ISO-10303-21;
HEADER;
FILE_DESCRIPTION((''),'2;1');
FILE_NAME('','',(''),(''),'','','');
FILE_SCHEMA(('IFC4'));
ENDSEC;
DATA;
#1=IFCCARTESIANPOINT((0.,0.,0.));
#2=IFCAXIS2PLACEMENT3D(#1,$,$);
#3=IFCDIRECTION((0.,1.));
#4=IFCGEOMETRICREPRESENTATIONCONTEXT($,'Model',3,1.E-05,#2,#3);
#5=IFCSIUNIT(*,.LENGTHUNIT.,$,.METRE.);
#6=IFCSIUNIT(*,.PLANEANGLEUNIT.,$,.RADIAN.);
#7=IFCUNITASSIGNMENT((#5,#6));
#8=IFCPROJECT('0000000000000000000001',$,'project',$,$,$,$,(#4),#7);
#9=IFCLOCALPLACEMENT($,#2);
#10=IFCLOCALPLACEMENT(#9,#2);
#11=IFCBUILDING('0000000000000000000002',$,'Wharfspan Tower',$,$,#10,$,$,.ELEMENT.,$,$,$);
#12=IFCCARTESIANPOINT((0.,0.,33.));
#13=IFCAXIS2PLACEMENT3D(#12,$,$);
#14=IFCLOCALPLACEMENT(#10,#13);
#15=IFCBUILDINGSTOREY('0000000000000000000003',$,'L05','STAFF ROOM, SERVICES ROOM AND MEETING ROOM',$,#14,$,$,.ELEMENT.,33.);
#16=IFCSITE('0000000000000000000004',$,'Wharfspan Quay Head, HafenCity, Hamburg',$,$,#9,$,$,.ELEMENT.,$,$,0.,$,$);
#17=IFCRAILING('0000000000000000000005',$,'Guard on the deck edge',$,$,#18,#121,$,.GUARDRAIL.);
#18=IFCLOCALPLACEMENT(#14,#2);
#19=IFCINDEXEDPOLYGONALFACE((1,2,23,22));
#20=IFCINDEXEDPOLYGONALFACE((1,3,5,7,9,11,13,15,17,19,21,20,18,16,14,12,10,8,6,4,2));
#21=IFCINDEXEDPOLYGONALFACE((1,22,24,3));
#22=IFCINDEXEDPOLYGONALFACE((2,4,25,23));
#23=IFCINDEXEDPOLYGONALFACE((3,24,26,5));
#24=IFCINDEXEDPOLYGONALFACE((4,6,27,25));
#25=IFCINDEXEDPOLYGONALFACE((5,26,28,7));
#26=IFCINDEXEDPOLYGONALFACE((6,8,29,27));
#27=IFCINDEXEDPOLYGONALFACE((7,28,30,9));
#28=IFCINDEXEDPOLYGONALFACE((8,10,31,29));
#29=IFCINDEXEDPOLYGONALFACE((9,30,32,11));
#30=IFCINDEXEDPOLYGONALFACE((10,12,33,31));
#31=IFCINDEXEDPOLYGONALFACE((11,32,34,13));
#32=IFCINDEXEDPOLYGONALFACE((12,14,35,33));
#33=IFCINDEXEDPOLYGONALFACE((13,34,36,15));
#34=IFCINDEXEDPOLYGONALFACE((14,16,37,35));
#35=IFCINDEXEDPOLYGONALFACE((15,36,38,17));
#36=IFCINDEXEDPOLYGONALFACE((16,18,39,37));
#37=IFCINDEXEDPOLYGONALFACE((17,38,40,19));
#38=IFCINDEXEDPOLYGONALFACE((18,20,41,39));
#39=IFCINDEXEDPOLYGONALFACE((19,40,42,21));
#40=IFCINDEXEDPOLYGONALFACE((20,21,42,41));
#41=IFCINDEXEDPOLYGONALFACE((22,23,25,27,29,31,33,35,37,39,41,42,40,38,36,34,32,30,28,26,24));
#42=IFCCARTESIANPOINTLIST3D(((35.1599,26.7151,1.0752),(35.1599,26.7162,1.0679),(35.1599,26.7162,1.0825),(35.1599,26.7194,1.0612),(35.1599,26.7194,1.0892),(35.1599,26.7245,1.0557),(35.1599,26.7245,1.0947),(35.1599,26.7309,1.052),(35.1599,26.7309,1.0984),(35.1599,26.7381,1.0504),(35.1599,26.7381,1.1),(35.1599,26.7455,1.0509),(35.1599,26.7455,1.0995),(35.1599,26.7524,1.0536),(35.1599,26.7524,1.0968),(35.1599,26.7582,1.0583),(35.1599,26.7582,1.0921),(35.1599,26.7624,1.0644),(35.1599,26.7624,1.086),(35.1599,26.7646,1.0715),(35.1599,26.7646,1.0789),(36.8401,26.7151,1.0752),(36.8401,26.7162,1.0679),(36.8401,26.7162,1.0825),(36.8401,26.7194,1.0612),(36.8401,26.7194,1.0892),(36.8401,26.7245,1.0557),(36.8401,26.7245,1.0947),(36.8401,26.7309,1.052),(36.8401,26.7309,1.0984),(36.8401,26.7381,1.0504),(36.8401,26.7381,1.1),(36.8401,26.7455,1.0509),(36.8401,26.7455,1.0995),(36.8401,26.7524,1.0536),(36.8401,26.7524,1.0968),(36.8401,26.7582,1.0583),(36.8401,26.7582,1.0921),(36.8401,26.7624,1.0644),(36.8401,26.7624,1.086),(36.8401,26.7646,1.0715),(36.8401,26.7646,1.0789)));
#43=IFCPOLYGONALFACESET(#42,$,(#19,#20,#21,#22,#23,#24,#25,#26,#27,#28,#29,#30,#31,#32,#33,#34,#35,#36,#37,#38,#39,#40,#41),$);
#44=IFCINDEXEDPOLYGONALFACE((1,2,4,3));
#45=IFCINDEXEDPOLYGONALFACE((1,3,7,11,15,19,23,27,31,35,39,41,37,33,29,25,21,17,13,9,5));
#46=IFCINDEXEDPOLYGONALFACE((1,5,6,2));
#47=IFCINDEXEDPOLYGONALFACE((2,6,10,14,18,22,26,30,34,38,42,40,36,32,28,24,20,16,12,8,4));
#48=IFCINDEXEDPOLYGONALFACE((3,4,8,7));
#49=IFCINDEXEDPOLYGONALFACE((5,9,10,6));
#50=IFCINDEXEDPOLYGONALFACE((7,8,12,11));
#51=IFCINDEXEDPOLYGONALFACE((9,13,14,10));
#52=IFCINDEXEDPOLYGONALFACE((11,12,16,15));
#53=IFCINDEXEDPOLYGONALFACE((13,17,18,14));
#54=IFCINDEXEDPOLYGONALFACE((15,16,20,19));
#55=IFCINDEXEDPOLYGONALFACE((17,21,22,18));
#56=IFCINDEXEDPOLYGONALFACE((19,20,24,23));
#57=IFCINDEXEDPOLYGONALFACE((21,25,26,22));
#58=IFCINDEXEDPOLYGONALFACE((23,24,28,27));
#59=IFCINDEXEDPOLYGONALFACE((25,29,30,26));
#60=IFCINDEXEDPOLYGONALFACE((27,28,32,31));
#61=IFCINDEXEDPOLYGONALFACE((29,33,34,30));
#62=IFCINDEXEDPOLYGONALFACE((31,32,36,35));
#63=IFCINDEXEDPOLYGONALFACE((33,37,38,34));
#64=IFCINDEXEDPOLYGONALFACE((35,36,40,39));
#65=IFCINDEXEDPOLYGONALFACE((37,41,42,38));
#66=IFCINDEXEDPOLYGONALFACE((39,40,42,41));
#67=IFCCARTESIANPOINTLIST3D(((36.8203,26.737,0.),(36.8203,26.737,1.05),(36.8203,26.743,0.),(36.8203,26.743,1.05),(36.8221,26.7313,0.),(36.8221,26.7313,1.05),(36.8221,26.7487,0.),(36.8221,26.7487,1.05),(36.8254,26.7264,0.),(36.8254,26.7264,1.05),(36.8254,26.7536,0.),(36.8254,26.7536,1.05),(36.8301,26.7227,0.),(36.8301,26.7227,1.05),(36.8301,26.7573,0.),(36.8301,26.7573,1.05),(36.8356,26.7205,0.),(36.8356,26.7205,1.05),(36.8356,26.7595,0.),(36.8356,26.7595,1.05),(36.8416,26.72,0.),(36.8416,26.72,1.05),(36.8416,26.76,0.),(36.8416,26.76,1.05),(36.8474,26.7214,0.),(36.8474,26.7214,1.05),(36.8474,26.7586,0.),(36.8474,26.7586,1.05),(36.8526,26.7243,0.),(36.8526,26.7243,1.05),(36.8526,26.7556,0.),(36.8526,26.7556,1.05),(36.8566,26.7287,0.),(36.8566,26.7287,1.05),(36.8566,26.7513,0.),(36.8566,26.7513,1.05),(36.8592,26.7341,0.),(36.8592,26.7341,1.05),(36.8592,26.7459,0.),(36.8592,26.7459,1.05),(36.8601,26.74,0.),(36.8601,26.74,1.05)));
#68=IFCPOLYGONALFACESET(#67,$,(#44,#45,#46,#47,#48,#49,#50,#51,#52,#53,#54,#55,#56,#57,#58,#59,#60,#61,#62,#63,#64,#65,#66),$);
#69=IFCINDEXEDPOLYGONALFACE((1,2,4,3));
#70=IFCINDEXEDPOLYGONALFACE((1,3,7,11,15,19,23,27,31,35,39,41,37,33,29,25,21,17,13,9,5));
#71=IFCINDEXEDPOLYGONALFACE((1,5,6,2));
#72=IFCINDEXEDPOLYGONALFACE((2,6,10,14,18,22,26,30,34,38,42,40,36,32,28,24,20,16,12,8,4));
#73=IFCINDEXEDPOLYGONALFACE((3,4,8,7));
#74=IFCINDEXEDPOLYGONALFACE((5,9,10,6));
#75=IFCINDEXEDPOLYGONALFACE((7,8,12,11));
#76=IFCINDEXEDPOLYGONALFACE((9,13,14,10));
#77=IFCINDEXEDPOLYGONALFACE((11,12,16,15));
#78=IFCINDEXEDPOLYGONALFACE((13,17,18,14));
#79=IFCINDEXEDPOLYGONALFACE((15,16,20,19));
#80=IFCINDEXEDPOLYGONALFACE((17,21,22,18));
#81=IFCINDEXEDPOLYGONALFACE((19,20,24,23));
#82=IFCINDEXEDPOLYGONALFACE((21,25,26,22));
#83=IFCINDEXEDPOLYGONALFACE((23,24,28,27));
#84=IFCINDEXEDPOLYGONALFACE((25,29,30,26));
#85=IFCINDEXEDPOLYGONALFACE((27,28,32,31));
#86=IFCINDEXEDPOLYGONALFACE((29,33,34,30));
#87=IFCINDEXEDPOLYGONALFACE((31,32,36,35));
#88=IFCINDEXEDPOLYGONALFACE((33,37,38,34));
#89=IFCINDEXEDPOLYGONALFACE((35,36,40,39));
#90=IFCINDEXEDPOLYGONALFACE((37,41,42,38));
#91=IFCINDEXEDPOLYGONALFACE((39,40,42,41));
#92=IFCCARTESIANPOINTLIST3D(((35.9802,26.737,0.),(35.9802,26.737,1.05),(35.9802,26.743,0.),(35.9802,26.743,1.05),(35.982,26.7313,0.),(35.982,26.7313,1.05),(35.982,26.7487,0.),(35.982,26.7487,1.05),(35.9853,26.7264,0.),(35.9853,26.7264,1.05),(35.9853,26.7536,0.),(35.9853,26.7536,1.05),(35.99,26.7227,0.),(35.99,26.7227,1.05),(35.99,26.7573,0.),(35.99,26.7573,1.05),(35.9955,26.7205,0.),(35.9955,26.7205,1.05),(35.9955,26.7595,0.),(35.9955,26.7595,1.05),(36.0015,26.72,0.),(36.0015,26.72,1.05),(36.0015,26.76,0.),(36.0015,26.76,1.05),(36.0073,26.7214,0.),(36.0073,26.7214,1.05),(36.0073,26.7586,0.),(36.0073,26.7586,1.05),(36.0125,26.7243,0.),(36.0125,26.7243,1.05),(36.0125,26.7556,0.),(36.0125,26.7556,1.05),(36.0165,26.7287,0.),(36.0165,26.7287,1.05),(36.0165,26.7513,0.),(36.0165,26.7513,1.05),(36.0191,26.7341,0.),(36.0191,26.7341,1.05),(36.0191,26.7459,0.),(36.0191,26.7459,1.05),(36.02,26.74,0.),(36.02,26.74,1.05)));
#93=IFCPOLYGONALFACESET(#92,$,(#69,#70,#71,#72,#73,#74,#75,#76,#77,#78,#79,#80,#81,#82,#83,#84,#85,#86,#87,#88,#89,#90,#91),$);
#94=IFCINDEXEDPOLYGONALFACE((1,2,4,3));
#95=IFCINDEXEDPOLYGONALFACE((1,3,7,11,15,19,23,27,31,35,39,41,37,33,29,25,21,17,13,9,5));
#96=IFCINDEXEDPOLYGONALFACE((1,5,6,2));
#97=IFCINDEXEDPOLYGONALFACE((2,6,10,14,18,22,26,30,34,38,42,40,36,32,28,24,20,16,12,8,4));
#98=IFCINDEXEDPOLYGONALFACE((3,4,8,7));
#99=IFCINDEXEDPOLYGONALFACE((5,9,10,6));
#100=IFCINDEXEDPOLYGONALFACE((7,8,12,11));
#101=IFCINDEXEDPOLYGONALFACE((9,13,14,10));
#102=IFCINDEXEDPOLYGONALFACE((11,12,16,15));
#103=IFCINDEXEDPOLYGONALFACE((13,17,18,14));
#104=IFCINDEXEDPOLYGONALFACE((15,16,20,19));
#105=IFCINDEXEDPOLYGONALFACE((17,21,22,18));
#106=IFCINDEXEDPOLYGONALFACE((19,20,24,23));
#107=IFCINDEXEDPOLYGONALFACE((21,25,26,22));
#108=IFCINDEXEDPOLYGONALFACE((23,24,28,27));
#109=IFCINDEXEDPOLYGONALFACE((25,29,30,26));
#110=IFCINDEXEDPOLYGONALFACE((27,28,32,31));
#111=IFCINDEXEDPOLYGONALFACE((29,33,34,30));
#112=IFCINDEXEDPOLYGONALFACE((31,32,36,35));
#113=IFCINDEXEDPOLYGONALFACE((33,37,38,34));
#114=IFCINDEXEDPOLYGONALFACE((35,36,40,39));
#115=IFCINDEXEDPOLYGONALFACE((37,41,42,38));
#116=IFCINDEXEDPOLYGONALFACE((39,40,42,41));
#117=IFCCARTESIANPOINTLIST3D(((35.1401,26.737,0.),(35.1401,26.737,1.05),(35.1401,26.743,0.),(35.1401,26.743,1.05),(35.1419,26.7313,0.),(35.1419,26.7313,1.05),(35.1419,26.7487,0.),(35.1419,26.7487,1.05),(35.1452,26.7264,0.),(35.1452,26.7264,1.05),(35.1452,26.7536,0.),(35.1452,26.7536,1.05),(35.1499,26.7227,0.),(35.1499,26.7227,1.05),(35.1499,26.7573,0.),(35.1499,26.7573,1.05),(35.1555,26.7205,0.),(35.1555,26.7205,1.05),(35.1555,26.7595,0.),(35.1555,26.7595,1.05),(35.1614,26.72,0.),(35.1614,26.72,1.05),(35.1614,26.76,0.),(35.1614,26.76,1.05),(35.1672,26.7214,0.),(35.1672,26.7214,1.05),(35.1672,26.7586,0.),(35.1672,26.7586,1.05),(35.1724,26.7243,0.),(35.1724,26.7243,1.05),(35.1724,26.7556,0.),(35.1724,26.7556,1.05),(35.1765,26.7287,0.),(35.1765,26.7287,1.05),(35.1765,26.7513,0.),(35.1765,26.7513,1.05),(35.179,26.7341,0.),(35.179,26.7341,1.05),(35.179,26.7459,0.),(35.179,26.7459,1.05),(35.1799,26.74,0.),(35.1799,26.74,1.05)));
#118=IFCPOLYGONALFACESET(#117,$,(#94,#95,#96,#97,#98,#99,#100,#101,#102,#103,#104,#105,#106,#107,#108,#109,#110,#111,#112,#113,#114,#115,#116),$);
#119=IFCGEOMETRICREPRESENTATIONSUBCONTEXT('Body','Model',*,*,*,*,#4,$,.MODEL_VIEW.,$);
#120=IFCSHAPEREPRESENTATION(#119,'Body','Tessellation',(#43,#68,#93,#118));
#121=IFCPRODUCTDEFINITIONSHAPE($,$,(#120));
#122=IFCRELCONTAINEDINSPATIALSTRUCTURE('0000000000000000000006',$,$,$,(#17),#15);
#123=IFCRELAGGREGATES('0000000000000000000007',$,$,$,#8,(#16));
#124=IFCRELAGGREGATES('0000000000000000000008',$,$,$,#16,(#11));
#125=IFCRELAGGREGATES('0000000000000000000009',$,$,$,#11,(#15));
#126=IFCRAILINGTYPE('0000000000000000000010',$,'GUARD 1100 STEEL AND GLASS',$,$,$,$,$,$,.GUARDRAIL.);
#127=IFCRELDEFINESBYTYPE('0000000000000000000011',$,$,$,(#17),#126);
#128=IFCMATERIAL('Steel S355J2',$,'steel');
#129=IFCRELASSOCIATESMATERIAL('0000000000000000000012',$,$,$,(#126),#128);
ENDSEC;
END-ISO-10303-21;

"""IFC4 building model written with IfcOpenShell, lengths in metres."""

from ifc_helpers import new_model, si_unit, direction, frame, origin, origin_2d, place, context, subcontext, project, spatial, circle, extrude, material, type_object, element, save


model = new_model("IFC4")

# Units and contexts
model_context = context("Model", 3, precision=1e-05, world=origin(), true_north=direction((0.0, 1.0)))
body_context = subcontext(model_context, "Body", "Model", "MODEL_VIEW")
ifc_project = project(units=[si_unit("LENGTHUNIT", "METRE"), si_unit("PLANEANGLEUNIT", "RADIAN")], contexts=[model_context])

# Site, building, storey
site_placement = place(None, origin())
site = spatial("IfcSite", under=ifc_project, at=site_placement, Name="Wharfspan Quay Head, HafenCity, Hamburg", CompositionType="ELEMENT", RefElevation=0.0)
building_placement = place(site_placement, origin())
building = spatial("IfcBuilding", under=site, at=building_placement, Name="Wharfspan Tower", CompositionType="ELEMENT")
storey_placement = place(building_placement, frame((0.0, 0.0, 33.0)))
storey = spatial("IfcBuildingStorey", under=building, at=storey_placement, Name="L05", Description="STAFF ROOM, SERVICES ROOM AND MEETING ROOM", CompositionType="ELEMENT", Elevation=33.0)

# Railing
ifc_material_1 = material(Name="Steel S355J2", Category="steel")
railing_type = type_object("IfcRailingType", Name="GUARD 1100 STEEL AND GLASS", PredefinedType="GUARDRAIL", material=ifc_material_1)
railing_1_placement = place(storey_placement, frame((36.8401, 26.74, 0.0)))
element("IfcRailing", 1, at=railing_1_placement, inside=storey, type_object=railing_type, Name="Guard on the deck edge", PredefinedType="GUARDRAIL", context=body_context, shape_type="SweptSolid", body=[
    extrude(circle(Radius=0.0249, at=origin_2d()), frame((0.0, 0.0, 1.0752), z_axis=(-1.0, 0.0, 0.0), x_axis=(0.0, -1.0, 0.0)), (0.0, 0.0, 1.0), 1.6802),
    extrude(circle(Radius=0.02, at=origin_2d()), origin(), (0.0, 0.0, 1.0), 1.05),
    extrude(circle(Radius=0.02, at=origin_2d()), frame((-0.8401, 0.0, 0.0)), (0.0, 0.0, 1.0), 1.05),
    extrude(circle(Radius=0.02, at=origin_2d()), frame((-1.6802, 0.0, 0.0)), (0.0, 0.0, 1.0), 1.05),
])

save(model, "model.ifc")
